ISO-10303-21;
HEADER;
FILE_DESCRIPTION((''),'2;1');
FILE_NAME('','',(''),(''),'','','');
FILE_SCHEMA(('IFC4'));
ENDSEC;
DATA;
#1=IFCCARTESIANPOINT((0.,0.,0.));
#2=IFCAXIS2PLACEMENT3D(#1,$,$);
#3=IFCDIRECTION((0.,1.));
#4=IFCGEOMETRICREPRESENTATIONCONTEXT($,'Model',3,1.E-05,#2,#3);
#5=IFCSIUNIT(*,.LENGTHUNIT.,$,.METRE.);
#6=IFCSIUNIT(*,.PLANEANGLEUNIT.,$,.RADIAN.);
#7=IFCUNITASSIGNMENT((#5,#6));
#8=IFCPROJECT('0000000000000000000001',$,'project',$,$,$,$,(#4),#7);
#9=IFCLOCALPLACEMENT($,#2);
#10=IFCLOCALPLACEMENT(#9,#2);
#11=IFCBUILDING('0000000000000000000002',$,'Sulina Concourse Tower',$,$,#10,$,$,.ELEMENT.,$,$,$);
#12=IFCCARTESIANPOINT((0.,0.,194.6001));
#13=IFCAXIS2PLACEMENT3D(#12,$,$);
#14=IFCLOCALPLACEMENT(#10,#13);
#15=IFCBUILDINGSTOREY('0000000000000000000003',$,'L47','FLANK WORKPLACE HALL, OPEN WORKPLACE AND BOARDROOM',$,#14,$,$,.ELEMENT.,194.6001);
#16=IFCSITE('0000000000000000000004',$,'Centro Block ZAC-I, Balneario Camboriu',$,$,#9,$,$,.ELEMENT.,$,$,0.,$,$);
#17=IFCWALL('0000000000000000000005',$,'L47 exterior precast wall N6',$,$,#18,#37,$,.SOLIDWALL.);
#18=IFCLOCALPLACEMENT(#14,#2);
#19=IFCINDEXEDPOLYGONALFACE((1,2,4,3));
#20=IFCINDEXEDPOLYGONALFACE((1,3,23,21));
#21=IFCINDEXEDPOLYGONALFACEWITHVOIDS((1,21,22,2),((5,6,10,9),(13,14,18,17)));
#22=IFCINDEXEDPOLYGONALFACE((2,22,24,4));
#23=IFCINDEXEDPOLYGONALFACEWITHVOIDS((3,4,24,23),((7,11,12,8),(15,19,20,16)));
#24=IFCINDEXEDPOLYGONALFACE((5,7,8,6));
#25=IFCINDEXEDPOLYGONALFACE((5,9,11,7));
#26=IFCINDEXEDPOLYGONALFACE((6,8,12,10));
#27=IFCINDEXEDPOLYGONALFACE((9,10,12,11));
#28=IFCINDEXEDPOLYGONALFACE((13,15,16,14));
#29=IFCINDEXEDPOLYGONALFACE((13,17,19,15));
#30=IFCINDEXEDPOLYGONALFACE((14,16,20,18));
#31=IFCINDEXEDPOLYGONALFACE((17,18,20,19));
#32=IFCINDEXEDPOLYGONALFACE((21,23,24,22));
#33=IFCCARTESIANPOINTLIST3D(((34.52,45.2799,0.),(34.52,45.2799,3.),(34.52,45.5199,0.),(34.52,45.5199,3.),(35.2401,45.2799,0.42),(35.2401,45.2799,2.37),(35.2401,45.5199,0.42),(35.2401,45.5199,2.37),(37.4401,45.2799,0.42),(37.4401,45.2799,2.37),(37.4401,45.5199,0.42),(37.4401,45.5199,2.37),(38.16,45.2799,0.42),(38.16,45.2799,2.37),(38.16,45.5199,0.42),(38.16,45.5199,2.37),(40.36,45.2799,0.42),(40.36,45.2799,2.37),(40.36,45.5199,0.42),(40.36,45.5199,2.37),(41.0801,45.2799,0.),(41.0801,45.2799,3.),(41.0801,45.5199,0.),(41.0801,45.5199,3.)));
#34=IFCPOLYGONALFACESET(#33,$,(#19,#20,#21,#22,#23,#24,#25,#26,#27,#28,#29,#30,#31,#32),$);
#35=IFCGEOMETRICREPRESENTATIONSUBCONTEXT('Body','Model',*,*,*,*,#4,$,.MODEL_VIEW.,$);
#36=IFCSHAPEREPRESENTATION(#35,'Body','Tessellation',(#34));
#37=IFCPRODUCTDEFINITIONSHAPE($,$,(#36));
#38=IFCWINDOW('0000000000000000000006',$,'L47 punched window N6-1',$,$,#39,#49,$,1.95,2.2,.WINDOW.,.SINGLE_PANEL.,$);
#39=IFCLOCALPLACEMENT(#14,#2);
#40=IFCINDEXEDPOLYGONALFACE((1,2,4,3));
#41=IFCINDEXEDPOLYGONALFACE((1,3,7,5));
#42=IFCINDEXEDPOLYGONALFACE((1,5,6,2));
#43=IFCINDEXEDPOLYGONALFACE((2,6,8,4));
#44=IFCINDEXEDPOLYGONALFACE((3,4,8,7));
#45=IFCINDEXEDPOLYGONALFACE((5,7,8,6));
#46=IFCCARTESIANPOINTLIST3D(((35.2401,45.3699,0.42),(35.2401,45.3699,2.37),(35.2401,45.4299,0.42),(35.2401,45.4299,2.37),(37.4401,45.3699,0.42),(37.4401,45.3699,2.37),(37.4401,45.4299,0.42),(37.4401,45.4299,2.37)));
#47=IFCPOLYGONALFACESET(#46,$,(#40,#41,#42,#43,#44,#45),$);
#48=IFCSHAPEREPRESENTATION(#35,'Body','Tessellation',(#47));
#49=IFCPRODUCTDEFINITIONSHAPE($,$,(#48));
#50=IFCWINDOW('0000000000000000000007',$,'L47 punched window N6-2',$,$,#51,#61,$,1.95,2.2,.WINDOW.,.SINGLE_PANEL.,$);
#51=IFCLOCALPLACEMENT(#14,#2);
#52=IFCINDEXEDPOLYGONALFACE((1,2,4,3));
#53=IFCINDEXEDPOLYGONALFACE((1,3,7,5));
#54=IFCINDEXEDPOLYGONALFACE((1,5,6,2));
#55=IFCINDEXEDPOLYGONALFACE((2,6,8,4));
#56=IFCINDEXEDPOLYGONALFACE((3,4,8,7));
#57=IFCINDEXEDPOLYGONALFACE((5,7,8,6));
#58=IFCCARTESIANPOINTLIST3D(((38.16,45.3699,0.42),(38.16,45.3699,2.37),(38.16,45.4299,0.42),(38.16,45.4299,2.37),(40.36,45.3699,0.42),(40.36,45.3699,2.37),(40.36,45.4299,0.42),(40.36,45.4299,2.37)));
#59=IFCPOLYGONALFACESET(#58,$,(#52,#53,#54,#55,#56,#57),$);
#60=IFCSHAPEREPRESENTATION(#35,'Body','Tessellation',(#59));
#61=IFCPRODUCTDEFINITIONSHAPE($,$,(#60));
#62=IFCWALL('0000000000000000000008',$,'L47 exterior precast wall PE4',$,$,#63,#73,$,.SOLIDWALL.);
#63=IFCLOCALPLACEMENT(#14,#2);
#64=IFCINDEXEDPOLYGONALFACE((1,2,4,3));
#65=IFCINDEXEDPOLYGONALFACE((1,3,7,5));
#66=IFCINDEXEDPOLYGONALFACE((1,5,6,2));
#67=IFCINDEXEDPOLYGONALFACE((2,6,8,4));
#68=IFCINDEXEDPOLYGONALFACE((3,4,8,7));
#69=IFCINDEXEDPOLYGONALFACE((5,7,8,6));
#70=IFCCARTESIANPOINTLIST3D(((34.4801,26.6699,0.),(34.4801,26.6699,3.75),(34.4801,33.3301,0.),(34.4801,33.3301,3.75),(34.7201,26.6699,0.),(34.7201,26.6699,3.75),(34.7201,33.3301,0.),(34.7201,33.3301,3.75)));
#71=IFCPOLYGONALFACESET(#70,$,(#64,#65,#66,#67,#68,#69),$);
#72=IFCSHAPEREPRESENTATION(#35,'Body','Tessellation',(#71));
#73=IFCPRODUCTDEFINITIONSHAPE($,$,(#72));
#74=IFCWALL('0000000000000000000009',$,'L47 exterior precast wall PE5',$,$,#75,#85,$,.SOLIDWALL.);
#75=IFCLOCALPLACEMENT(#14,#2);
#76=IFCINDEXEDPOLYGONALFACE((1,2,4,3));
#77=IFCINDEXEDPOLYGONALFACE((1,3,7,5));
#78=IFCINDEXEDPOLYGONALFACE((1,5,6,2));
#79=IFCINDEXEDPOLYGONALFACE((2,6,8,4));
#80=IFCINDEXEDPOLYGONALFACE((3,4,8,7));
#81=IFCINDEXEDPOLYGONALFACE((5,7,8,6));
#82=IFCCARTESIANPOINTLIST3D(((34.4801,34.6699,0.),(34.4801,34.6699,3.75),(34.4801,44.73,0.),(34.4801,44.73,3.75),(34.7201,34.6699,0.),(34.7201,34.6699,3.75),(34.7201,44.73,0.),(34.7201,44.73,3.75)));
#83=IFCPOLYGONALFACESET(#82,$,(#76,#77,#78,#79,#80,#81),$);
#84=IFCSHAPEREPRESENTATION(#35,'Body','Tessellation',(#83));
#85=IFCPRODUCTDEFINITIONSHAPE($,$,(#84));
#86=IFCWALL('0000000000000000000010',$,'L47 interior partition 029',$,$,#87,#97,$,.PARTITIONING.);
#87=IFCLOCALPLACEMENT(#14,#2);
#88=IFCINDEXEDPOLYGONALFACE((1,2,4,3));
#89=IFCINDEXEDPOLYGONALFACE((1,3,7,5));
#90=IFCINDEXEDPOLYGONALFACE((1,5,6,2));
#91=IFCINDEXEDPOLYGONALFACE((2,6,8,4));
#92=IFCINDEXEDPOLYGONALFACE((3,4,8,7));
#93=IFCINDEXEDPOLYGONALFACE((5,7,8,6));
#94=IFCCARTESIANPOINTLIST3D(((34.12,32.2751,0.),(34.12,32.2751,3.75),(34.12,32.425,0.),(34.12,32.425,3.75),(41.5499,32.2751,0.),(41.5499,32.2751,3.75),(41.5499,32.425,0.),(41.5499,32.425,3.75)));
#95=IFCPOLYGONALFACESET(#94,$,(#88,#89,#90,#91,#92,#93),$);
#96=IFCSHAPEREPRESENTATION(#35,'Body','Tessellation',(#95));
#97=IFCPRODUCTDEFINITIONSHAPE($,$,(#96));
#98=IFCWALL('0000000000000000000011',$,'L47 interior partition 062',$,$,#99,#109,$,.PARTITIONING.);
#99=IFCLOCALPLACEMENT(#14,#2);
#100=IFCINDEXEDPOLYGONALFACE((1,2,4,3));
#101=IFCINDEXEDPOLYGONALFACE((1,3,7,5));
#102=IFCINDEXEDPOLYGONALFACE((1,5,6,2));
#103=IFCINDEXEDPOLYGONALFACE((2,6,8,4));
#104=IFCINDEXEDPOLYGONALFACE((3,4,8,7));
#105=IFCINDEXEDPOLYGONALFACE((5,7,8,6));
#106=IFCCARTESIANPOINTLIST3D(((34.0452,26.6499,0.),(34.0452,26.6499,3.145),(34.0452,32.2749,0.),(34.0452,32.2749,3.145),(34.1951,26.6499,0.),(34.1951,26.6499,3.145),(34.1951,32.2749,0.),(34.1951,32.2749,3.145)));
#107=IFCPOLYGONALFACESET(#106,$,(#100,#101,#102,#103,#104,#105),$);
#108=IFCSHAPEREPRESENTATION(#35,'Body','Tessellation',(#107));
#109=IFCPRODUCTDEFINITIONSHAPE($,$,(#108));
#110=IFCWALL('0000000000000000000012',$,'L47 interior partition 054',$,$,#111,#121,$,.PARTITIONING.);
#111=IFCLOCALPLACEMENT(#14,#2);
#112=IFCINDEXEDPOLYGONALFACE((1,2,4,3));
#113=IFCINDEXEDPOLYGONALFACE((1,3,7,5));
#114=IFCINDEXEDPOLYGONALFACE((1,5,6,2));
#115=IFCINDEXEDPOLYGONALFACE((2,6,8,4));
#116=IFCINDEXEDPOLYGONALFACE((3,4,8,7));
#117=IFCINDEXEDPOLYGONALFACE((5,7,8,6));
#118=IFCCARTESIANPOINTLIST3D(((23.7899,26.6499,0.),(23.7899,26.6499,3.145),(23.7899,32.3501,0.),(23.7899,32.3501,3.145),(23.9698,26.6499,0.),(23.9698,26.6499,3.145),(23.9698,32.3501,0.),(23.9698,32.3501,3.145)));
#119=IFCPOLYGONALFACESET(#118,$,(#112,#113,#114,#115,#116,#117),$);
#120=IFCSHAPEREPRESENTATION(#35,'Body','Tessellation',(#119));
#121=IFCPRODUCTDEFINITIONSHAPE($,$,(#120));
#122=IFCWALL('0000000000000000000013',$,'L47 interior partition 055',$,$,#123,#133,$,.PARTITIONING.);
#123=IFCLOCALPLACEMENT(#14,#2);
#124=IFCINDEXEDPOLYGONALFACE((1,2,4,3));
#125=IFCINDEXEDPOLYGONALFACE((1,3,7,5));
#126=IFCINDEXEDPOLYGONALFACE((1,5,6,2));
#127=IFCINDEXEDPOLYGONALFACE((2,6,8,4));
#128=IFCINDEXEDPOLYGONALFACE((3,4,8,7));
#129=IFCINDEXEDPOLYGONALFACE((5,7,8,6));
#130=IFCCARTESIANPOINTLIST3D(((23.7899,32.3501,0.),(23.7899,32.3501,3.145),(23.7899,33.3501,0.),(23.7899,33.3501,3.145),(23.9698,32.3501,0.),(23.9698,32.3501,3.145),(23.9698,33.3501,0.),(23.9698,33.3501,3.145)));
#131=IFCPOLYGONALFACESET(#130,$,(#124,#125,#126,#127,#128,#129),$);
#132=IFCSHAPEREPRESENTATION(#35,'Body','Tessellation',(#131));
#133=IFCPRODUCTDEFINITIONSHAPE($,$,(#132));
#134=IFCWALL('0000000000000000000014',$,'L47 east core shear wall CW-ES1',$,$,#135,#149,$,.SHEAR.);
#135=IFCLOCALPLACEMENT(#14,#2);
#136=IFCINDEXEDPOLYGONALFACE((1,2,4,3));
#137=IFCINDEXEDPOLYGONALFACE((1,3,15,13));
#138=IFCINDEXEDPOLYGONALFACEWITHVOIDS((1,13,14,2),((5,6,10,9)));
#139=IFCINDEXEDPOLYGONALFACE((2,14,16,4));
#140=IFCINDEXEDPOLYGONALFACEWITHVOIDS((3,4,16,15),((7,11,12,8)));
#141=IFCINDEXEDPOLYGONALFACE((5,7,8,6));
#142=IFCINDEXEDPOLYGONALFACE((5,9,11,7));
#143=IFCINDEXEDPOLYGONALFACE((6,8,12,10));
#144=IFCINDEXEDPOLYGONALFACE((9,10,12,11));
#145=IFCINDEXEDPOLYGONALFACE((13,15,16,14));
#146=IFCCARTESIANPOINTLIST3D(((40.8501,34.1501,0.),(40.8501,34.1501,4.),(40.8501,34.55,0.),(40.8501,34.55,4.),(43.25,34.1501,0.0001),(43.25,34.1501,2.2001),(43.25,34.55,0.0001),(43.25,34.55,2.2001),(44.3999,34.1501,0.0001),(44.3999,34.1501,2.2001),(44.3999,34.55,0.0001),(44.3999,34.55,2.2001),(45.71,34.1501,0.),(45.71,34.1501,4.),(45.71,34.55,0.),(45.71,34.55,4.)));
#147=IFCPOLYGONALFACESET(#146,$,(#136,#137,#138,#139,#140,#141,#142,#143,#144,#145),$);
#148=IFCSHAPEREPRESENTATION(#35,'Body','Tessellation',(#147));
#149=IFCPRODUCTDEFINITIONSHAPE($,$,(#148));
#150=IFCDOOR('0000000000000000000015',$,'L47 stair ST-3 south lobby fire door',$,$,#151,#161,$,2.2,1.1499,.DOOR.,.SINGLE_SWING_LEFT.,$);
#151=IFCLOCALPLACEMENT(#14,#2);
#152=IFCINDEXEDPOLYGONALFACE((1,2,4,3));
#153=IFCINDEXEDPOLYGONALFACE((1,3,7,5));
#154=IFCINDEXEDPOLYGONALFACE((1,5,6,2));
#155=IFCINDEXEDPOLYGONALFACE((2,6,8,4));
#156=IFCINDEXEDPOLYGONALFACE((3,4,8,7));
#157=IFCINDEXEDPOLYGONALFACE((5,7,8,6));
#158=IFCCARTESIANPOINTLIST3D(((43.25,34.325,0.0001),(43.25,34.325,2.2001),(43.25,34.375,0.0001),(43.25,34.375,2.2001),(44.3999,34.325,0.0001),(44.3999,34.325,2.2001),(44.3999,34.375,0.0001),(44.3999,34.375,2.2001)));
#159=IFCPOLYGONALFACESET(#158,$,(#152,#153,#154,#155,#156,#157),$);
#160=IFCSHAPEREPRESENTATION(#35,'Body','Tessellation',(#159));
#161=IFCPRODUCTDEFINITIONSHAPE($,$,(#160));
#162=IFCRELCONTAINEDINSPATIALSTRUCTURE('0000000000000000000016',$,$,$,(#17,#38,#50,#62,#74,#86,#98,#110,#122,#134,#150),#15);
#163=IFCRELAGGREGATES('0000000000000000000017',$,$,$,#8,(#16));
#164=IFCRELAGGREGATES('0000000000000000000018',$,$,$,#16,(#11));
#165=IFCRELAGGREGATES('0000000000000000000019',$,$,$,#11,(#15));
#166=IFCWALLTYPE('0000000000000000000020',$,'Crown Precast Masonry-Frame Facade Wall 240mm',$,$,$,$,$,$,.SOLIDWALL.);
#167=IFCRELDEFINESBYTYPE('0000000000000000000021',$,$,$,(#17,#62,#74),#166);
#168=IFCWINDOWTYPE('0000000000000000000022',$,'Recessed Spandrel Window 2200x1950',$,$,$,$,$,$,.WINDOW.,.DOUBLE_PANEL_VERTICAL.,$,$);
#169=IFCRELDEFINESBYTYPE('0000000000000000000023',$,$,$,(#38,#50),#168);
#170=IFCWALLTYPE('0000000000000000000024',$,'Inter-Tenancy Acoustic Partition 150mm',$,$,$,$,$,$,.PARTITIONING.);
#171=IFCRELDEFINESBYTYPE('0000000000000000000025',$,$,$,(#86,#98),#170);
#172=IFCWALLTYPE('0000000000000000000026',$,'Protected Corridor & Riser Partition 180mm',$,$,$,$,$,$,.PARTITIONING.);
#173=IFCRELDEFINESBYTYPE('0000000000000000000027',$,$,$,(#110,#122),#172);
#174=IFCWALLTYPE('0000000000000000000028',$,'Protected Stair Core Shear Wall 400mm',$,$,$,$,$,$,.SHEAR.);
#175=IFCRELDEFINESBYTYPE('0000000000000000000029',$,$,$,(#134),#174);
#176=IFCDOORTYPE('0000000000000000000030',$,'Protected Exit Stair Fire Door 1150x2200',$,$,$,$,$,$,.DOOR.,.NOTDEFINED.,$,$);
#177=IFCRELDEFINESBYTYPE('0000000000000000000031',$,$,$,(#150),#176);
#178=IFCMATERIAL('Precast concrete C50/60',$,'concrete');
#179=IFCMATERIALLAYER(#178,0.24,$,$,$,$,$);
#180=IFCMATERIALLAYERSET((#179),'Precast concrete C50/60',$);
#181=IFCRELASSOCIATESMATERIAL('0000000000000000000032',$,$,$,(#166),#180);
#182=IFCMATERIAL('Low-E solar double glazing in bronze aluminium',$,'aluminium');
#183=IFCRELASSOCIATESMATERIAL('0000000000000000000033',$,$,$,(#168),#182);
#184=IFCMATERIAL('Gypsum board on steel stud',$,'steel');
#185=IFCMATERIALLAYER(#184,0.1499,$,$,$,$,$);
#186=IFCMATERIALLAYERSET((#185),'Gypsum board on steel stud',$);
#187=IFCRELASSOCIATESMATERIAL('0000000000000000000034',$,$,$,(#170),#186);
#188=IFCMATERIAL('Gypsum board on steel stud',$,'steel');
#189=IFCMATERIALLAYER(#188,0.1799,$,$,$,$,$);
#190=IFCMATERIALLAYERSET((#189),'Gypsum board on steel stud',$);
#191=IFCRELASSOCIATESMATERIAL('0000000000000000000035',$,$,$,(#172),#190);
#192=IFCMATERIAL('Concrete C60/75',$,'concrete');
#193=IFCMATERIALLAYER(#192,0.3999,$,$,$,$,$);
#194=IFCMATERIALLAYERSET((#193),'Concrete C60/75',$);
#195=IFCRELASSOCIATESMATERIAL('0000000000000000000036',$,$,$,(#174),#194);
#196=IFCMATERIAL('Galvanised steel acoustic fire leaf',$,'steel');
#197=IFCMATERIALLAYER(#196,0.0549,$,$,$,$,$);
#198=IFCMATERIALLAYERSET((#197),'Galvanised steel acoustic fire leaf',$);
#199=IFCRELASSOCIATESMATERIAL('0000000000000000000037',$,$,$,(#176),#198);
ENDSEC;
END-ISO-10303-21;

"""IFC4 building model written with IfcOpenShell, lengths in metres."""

from ifc_helpers import new_model, si_unit, direction, frame, frame_2d, origin, place, context, subcontext, project, spatial, rectangle, extrude, material, layer, layer_set, type_object, element, fill, save


model = new_model("IFC4")

# Units and contexts
model_context = context("Model", 3, precision=1e-05, world=origin(), true_north=direction((0.0, 1.0)))
body_context = subcontext(model_context, "Body", "Model", "MODEL_VIEW")
ifc_project = project(units=[si_unit("LENGTHUNIT", "METRE"), si_unit("PLANEANGLEUNIT", "RADIAN")], contexts=[model_context])

# Site, building, storey
site_placement = place(None, origin())
site = spatial("IfcSite", under=ifc_project, at=site_placement, Name="Centro Block ZAC-I, Balneario Camboriu", CompositionType="ELEMENT", RefElevation=0.0)
building_placement = place(site_placement, origin())
building = spatial("IfcBuilding", under=site, at=building_placement, Name="Sulina Concourse Tower", CompositionType="ELEMENT")
storey_placement = place(building_placement, frame((0.0, 0.0, 194.6001)))
storey = spatial("IfcBuildingStorey", under=building, at=storey_placement, Name="L47", Description="FLANK WORKPLACE HALL, OPEN WORKPLACE AND BOARDROOM", CompositionType="ELEMENT", Elevation=194.6001)

# Wall, openings, windows
ifc_material_1 = material(Name="Precast concrete C50/60", Category="concrete")
ifc_layer_1 = layer(ifc_material_1, 0.24)
ifc_layer_set_1 = layer_set([ifc_layer_1], Name="Precast concrete C50/60")
wall_type_1 = type_object("IfcWallType", Name="Crown Precast Masonry-Frame Facade Wall 240mm", PredefinedType="SOLIDWALL", material=ifc_layer_set_1)
wall_1_placement = place(storey_placement, frame((34.52, 45.3999, 0.0), z_axis=(0.0, 0.0, 1.0), x_axis=(1.0, 0.0, 0.0)))
wall_1 = element("IfcWall", 1, at=wall_1_placement, inside=storey, type_object=wall_type_1, Name="L47 exterior precast wall N6", PredefinedType="SOLIDWALL", context=body_context, shape_type="SweptSolid", body=[
    extrude(rectangle(XDim=6.5601, YDim=0.24, at=frame_2d((3.28, 0.0))), origin(), (0.0, 0.0, 1.0), 3.0),
])
opening_1_placement = place(wall_1_placement, frame((0.72, 0.0, 0.4199)))
opening_1 = element("IfcOpeningElement", 2, at=opening_1_placement, cuts=wall_1, PredefinedType="OPENING", context=body_context, shape_type="SweptSolid", body=[
    extrude(rectangle(XDim=2.2, YDim=1.95, at=frame_2d((1.1001, 0.9751))), frame((0.0, 0.1299, 0.0), z_axis=(0.0, -1.0, 0.0), x_axis=(1.0, 0.0, 0.0)), (0.0, 0.0, 1.0), 0.26),
])
opening_2_placement = place(wall_1_placement, frame((3.6399, 0.0, 0.4199)))
opening_2 = element("IfcOpeningElement", 3, at=opening_2_placement, cuts=wall_1, PredefinedType="OPENING", context=body_context, shape_type="SweptSolid", body=[
    extrude(rectangle(XDim=2.2, YDim=1.95, at=frame_2d((1.1001, 0.9751))), frame((0.0, 0.1299, 0.0), z_axis=(0.0, -1.0, 0.0), x_axis=(1.0, 0.0, 0.0)), (0.0, 0.0, 1.0), 0.26),
])
ifc_material_2 = material(Name="Low-E solar double glazing in bronze aluminium", Category="aluminium")
window_type = type_object("IfcWindowType", Name="Recessed Spandrel Window 2200x1950", PartitioningType="DOUBLE_PANEL_VERTICAL", PredefinedType="WINDOW", material=ifc_material_2)
window_1_placement = place(opening_1_placement, origin())
window_1 = element("IfcWindow", 4, at=window_1_placement, inside=storey, type_object=window_type, Name="L47 punched window N6-1", OverallHeight=1.95, OverallWidth=2.2, PartitioningType="SINGLE_PANEL", PredefinedType="WINDOW", context=body_context, shape_type="SweptSolid", body=[
    extrude(rectangle(XDim=2.2, YDim=1.95, at=frame_2d((1.1001, 0.9751))), frame((0.0, 0.03, 0.0), z_axis=(0.0, -1.0, 0.0), x_axis=(1.0, 0.0, 0.0)), (0.0, 0.0, 1.0), 0.0601),
])
fill(opening_1, window_1)
window_2_placement = place(opening_2_placement, origin())
window_2 = element("IfcWindow", 5, at=window_2_placement, inside=storey, type_object=window_type, Name="L47 punched window N6-2", OverallHeight=1.95, OverallWidth=2.2, PartitioningType="SINGLE_PANEL", PredefinedType="WINDOW", context=body_context, shape_type="SweptSolid", body=[
    extrude(rectangle(XDim=2.2, YDim=1.95, at=frame_2d((1.1001, 0.9751))), frame((0.0, 0.03, 0.0), z_axis=(0.0, -1.0, 0.0), x_axis=(1.0, 0.0, 0.0)), (0.0, 0.0, 1.0), 0.0601),
])
fill(opening_2, window_2)

# Walls
wall_2_placement = place(storey_placement, frame((34.6001, 26.6699, 0.0), z_axis=(0.0, 0.0, 1.0), x_axis=(0.0, 1.0, 0.0)))
element("IfcWall", 6, at=wall_2_placement, inside=storey, type_object=wall_type_1, Name="L47 exterior precast wall PE4", PredefinedType="SOLIDWALL", context=body_context, shape_type="SweptSolid", body=[
    extrude(rectangle(XDim=6.6602, YDim=0.24, at=frame_2d((3.3301, 0.0))), origin(), (0.0, 0.0, 1.0), 3.75),
])
wall_3_placement = place(storey_placement, frame((34.6001, 34.6699, 0.0), z_axis=(0.0, 0.0, 1.0), x_axis=(0.0, 1.0, 0.0)))
element("IfcWall", 7, at=wall_3_placement, inside=storey, type_object=wall_type_1, Name="L47 exterior precast wall PE5", PredefinedType="SOLIDWALL", context=body_context, shape_type="SweptSolid", body=[
    extrude(rectangle(XDim=10.0601, YDim=0.24, at=frame_2d((5.03, 0.0))), origin(), (0.0, 0.0, 1.0), 3.75),
])
ifc_material_3 = material(Name="Gypsum board on steel stud", Category="steel")
ifc_layer_2 = layer(ifc_material_3, 0.1499)
ifc_layer_set_2 = layer_set([ifc_layer_2], Name="Gypsum board on steel stud")
wall_type_2 = type_object("IfcWallType", Name="Inter-Tenancy Acoustic Partition 150mm", PredefinedType="PARTITIONING", material=ifc_layer_set_2)
wall_4_placement = place(storey_placement, frame((34.1201, 32.3501, 0.0), z_axis=(0.0, 0.0, 1.0), x_axis=(1.0, 0.0, 0.0)))
element("IfcWall", 8, at=wall_4_placement, inside=storey, type_object=wall_type_2, Name="L47 interior partition 029", PredefinedType="PARTITIONING", context=body_context, shape_type="SweptSolid", body=[
    extrude(rectangle(XDim=7.4299, YDim=0.1499, at=frame_2d((3.7148, 0.0))), origin(), (0.0, 0.0, 1.0), 3.75),
])
wall_5_placement = place(storey_placement, frame((34.1201, 26.6499, 0.0), z_axis=(0.0, 0.0, 1.0), x_axis=(0.0, 1.0, 0.0)))
element("IfcWall", 9, at=wall_5_placement, inside=storey, type_object=wall_type_2, Name="L47 interior partition 062", PredefinedType="PARTITIONING", context=body_context, shape_type="SweptSolid", body=[
    extrude(rectangle(XDim=5.625, YDim=0.1499, at=frame_2d((2.8125, 0.0))), origin(), (0.0, 0.0, 1.0), 3.145),
])
ifc_material_4 = material(Name="Gypsum board on steel stud", Category="steel")
ifc_layer_3 = layer(ifc_material_4, 0.1799)
ifc_layer_set_3 = layer_set([ifc_layer_3], Name="Gypsum board on steel stud")
wall_type_3 = type_object("IfcWallType", Name="Protected Corridor & Riser Partition 180mm", PredefinedType="PARTITIONING", material=ifc_layer_set_3)
wall_6_placement = place(storey_placement, frame((23.8799, 26.6499, 0.0), z_axis=(0.0, 0.0, 1.0), x_axis=(0.0, 1.0, 0.0)))
element("IfcWall", 10, at=wall_6_placement, inside=storey, type_object=wall_type_3, Name="L47 interior partition 054", PredefinedType="PARTITIONING", context=body_context, shape_type="SweptSolid", body=[
    extrude(rectangle(XDim=5.7002, YDim=0.1799, at=frame_2d((2.8501, 0.0))), origin(), (0.0, 0.0, 1.0), 3.145),
])
wall_7_placement = place(storey_placement, frame((23.8799, 32.3501, 0.0), z_axis=(0.0, 0.0, 1.0), x_axis=(0.0, 1.0, 0.0)))
element("IfcWall", 11, at=wall_7_placement, inside=storey, type_object=wall_type_3, Name="L47 interior partition 055", PredefinedType="PARTITIONING", context=body_context, shape_type="SweptSolid", body=[
    extrude(rectangle(XDim=1.0, YDim=0.1799, at=frame_2d((0.5, 0.0))), origin(), (0.0, 0.0, 1.0), 3.145),
])

# Wall, opening, door
ifc_material_5 = material(Name="Concrete C60/75", Category="concrete")
ifc_layer_4 = layer(ifc_material_5, 0.3999)
ifc_layer_set_4 = layer_set([ifc_layer_4], Name="Concrete C60/75")
wall_type_4 = type_object("IfcWallType", Name="Protected Stair Core Shear Wall 400mm", PredefinedType="SHEAR", material=ifc_layer_set_4)
wall_8_placement = place(storey_placement, frame((40.8501, 34.3501, 0.0), z_axis=(0.0, 0.0, 1.0), x_axis=(1.0, 0.0, 0.0)))
wall_8 = element("IfcWall", 12, at=wall_8_placement, inside=storey, type_object=wall_type_4, Name="L47 east core shear wall CW-ES1", PredefinedType="SHEAR", context=body_context, shape_type="SweptSolid", body=[
    extrude(rectangle(XDim=4.8599, YDim=0.3999, at=frame_2d((2.4299, 0.0))), origin(), (0.0, 0.0, 1.0), 4.0),
])
opening_3_placement = place(wall_8_placement, frame((2.3999, 0.0, 0.0)))
opening_3 = element("IfcOpeningElement", 13, at=opening_3_placement, cuts=wall_8, PredefinedType="OPENING", context=body_context, shape_type="SweptSolid", body=[
    extrude(rectangle(XDim=1.1499, YDim=2.2, at=frame_2d((0.575, 1.1001))), frame((0.0, 0.21, 0.0), z_axis=(0.0, -1.0, 0.0), x_axis=(1.0, 0.0, 0.0)), (0.0, 0.0, 1.0), 0.4199),
])
ifc_material_6 = material(Name="Galvanised steel acoustic fire leaf", Category="steel")
ifc_layer_5 = layer(ifc_material_6, 0.0549)
ifc_layer_set_5 = layer_set([ifc_layer_5], Name="Galvanised steel acoustic fire leaf")
door_type = type_object("IfcDoorType", Name="Protected Exit Stair Fire Door 1150x2200", OperationType="NOTDEFINED", PredefinedType="DOOR", material=ifc_layer_set_5)
door_placement = place(opening_3_placement, origin())
door = element("IfcDoor", 14, at=door_placement, inside=storey, type_object=door_type, Name="L47 stair ST-3 south lobby fire door", OperationType="SINGLE_SWING_LEFT", OverallHeight=2.2, OverallWidth=1.1499, PredefinedType="DOOR", context=body_context, shape_type="SweptSolid", body=[
    extrude(rectangle(XDim=1.1499, YDim=2.2, at=frame_2d((0.575, 1.1001))), frame((0.0, 0.0249, 0.0), z_axis=(0.0, -1.0, 0.0), x_axis=(1.0, 0.0, 0.0)), (0.0, 0.0, 1.0), 0.05),
])
fill(opening_3, door)

save(model, "model.ifc")
